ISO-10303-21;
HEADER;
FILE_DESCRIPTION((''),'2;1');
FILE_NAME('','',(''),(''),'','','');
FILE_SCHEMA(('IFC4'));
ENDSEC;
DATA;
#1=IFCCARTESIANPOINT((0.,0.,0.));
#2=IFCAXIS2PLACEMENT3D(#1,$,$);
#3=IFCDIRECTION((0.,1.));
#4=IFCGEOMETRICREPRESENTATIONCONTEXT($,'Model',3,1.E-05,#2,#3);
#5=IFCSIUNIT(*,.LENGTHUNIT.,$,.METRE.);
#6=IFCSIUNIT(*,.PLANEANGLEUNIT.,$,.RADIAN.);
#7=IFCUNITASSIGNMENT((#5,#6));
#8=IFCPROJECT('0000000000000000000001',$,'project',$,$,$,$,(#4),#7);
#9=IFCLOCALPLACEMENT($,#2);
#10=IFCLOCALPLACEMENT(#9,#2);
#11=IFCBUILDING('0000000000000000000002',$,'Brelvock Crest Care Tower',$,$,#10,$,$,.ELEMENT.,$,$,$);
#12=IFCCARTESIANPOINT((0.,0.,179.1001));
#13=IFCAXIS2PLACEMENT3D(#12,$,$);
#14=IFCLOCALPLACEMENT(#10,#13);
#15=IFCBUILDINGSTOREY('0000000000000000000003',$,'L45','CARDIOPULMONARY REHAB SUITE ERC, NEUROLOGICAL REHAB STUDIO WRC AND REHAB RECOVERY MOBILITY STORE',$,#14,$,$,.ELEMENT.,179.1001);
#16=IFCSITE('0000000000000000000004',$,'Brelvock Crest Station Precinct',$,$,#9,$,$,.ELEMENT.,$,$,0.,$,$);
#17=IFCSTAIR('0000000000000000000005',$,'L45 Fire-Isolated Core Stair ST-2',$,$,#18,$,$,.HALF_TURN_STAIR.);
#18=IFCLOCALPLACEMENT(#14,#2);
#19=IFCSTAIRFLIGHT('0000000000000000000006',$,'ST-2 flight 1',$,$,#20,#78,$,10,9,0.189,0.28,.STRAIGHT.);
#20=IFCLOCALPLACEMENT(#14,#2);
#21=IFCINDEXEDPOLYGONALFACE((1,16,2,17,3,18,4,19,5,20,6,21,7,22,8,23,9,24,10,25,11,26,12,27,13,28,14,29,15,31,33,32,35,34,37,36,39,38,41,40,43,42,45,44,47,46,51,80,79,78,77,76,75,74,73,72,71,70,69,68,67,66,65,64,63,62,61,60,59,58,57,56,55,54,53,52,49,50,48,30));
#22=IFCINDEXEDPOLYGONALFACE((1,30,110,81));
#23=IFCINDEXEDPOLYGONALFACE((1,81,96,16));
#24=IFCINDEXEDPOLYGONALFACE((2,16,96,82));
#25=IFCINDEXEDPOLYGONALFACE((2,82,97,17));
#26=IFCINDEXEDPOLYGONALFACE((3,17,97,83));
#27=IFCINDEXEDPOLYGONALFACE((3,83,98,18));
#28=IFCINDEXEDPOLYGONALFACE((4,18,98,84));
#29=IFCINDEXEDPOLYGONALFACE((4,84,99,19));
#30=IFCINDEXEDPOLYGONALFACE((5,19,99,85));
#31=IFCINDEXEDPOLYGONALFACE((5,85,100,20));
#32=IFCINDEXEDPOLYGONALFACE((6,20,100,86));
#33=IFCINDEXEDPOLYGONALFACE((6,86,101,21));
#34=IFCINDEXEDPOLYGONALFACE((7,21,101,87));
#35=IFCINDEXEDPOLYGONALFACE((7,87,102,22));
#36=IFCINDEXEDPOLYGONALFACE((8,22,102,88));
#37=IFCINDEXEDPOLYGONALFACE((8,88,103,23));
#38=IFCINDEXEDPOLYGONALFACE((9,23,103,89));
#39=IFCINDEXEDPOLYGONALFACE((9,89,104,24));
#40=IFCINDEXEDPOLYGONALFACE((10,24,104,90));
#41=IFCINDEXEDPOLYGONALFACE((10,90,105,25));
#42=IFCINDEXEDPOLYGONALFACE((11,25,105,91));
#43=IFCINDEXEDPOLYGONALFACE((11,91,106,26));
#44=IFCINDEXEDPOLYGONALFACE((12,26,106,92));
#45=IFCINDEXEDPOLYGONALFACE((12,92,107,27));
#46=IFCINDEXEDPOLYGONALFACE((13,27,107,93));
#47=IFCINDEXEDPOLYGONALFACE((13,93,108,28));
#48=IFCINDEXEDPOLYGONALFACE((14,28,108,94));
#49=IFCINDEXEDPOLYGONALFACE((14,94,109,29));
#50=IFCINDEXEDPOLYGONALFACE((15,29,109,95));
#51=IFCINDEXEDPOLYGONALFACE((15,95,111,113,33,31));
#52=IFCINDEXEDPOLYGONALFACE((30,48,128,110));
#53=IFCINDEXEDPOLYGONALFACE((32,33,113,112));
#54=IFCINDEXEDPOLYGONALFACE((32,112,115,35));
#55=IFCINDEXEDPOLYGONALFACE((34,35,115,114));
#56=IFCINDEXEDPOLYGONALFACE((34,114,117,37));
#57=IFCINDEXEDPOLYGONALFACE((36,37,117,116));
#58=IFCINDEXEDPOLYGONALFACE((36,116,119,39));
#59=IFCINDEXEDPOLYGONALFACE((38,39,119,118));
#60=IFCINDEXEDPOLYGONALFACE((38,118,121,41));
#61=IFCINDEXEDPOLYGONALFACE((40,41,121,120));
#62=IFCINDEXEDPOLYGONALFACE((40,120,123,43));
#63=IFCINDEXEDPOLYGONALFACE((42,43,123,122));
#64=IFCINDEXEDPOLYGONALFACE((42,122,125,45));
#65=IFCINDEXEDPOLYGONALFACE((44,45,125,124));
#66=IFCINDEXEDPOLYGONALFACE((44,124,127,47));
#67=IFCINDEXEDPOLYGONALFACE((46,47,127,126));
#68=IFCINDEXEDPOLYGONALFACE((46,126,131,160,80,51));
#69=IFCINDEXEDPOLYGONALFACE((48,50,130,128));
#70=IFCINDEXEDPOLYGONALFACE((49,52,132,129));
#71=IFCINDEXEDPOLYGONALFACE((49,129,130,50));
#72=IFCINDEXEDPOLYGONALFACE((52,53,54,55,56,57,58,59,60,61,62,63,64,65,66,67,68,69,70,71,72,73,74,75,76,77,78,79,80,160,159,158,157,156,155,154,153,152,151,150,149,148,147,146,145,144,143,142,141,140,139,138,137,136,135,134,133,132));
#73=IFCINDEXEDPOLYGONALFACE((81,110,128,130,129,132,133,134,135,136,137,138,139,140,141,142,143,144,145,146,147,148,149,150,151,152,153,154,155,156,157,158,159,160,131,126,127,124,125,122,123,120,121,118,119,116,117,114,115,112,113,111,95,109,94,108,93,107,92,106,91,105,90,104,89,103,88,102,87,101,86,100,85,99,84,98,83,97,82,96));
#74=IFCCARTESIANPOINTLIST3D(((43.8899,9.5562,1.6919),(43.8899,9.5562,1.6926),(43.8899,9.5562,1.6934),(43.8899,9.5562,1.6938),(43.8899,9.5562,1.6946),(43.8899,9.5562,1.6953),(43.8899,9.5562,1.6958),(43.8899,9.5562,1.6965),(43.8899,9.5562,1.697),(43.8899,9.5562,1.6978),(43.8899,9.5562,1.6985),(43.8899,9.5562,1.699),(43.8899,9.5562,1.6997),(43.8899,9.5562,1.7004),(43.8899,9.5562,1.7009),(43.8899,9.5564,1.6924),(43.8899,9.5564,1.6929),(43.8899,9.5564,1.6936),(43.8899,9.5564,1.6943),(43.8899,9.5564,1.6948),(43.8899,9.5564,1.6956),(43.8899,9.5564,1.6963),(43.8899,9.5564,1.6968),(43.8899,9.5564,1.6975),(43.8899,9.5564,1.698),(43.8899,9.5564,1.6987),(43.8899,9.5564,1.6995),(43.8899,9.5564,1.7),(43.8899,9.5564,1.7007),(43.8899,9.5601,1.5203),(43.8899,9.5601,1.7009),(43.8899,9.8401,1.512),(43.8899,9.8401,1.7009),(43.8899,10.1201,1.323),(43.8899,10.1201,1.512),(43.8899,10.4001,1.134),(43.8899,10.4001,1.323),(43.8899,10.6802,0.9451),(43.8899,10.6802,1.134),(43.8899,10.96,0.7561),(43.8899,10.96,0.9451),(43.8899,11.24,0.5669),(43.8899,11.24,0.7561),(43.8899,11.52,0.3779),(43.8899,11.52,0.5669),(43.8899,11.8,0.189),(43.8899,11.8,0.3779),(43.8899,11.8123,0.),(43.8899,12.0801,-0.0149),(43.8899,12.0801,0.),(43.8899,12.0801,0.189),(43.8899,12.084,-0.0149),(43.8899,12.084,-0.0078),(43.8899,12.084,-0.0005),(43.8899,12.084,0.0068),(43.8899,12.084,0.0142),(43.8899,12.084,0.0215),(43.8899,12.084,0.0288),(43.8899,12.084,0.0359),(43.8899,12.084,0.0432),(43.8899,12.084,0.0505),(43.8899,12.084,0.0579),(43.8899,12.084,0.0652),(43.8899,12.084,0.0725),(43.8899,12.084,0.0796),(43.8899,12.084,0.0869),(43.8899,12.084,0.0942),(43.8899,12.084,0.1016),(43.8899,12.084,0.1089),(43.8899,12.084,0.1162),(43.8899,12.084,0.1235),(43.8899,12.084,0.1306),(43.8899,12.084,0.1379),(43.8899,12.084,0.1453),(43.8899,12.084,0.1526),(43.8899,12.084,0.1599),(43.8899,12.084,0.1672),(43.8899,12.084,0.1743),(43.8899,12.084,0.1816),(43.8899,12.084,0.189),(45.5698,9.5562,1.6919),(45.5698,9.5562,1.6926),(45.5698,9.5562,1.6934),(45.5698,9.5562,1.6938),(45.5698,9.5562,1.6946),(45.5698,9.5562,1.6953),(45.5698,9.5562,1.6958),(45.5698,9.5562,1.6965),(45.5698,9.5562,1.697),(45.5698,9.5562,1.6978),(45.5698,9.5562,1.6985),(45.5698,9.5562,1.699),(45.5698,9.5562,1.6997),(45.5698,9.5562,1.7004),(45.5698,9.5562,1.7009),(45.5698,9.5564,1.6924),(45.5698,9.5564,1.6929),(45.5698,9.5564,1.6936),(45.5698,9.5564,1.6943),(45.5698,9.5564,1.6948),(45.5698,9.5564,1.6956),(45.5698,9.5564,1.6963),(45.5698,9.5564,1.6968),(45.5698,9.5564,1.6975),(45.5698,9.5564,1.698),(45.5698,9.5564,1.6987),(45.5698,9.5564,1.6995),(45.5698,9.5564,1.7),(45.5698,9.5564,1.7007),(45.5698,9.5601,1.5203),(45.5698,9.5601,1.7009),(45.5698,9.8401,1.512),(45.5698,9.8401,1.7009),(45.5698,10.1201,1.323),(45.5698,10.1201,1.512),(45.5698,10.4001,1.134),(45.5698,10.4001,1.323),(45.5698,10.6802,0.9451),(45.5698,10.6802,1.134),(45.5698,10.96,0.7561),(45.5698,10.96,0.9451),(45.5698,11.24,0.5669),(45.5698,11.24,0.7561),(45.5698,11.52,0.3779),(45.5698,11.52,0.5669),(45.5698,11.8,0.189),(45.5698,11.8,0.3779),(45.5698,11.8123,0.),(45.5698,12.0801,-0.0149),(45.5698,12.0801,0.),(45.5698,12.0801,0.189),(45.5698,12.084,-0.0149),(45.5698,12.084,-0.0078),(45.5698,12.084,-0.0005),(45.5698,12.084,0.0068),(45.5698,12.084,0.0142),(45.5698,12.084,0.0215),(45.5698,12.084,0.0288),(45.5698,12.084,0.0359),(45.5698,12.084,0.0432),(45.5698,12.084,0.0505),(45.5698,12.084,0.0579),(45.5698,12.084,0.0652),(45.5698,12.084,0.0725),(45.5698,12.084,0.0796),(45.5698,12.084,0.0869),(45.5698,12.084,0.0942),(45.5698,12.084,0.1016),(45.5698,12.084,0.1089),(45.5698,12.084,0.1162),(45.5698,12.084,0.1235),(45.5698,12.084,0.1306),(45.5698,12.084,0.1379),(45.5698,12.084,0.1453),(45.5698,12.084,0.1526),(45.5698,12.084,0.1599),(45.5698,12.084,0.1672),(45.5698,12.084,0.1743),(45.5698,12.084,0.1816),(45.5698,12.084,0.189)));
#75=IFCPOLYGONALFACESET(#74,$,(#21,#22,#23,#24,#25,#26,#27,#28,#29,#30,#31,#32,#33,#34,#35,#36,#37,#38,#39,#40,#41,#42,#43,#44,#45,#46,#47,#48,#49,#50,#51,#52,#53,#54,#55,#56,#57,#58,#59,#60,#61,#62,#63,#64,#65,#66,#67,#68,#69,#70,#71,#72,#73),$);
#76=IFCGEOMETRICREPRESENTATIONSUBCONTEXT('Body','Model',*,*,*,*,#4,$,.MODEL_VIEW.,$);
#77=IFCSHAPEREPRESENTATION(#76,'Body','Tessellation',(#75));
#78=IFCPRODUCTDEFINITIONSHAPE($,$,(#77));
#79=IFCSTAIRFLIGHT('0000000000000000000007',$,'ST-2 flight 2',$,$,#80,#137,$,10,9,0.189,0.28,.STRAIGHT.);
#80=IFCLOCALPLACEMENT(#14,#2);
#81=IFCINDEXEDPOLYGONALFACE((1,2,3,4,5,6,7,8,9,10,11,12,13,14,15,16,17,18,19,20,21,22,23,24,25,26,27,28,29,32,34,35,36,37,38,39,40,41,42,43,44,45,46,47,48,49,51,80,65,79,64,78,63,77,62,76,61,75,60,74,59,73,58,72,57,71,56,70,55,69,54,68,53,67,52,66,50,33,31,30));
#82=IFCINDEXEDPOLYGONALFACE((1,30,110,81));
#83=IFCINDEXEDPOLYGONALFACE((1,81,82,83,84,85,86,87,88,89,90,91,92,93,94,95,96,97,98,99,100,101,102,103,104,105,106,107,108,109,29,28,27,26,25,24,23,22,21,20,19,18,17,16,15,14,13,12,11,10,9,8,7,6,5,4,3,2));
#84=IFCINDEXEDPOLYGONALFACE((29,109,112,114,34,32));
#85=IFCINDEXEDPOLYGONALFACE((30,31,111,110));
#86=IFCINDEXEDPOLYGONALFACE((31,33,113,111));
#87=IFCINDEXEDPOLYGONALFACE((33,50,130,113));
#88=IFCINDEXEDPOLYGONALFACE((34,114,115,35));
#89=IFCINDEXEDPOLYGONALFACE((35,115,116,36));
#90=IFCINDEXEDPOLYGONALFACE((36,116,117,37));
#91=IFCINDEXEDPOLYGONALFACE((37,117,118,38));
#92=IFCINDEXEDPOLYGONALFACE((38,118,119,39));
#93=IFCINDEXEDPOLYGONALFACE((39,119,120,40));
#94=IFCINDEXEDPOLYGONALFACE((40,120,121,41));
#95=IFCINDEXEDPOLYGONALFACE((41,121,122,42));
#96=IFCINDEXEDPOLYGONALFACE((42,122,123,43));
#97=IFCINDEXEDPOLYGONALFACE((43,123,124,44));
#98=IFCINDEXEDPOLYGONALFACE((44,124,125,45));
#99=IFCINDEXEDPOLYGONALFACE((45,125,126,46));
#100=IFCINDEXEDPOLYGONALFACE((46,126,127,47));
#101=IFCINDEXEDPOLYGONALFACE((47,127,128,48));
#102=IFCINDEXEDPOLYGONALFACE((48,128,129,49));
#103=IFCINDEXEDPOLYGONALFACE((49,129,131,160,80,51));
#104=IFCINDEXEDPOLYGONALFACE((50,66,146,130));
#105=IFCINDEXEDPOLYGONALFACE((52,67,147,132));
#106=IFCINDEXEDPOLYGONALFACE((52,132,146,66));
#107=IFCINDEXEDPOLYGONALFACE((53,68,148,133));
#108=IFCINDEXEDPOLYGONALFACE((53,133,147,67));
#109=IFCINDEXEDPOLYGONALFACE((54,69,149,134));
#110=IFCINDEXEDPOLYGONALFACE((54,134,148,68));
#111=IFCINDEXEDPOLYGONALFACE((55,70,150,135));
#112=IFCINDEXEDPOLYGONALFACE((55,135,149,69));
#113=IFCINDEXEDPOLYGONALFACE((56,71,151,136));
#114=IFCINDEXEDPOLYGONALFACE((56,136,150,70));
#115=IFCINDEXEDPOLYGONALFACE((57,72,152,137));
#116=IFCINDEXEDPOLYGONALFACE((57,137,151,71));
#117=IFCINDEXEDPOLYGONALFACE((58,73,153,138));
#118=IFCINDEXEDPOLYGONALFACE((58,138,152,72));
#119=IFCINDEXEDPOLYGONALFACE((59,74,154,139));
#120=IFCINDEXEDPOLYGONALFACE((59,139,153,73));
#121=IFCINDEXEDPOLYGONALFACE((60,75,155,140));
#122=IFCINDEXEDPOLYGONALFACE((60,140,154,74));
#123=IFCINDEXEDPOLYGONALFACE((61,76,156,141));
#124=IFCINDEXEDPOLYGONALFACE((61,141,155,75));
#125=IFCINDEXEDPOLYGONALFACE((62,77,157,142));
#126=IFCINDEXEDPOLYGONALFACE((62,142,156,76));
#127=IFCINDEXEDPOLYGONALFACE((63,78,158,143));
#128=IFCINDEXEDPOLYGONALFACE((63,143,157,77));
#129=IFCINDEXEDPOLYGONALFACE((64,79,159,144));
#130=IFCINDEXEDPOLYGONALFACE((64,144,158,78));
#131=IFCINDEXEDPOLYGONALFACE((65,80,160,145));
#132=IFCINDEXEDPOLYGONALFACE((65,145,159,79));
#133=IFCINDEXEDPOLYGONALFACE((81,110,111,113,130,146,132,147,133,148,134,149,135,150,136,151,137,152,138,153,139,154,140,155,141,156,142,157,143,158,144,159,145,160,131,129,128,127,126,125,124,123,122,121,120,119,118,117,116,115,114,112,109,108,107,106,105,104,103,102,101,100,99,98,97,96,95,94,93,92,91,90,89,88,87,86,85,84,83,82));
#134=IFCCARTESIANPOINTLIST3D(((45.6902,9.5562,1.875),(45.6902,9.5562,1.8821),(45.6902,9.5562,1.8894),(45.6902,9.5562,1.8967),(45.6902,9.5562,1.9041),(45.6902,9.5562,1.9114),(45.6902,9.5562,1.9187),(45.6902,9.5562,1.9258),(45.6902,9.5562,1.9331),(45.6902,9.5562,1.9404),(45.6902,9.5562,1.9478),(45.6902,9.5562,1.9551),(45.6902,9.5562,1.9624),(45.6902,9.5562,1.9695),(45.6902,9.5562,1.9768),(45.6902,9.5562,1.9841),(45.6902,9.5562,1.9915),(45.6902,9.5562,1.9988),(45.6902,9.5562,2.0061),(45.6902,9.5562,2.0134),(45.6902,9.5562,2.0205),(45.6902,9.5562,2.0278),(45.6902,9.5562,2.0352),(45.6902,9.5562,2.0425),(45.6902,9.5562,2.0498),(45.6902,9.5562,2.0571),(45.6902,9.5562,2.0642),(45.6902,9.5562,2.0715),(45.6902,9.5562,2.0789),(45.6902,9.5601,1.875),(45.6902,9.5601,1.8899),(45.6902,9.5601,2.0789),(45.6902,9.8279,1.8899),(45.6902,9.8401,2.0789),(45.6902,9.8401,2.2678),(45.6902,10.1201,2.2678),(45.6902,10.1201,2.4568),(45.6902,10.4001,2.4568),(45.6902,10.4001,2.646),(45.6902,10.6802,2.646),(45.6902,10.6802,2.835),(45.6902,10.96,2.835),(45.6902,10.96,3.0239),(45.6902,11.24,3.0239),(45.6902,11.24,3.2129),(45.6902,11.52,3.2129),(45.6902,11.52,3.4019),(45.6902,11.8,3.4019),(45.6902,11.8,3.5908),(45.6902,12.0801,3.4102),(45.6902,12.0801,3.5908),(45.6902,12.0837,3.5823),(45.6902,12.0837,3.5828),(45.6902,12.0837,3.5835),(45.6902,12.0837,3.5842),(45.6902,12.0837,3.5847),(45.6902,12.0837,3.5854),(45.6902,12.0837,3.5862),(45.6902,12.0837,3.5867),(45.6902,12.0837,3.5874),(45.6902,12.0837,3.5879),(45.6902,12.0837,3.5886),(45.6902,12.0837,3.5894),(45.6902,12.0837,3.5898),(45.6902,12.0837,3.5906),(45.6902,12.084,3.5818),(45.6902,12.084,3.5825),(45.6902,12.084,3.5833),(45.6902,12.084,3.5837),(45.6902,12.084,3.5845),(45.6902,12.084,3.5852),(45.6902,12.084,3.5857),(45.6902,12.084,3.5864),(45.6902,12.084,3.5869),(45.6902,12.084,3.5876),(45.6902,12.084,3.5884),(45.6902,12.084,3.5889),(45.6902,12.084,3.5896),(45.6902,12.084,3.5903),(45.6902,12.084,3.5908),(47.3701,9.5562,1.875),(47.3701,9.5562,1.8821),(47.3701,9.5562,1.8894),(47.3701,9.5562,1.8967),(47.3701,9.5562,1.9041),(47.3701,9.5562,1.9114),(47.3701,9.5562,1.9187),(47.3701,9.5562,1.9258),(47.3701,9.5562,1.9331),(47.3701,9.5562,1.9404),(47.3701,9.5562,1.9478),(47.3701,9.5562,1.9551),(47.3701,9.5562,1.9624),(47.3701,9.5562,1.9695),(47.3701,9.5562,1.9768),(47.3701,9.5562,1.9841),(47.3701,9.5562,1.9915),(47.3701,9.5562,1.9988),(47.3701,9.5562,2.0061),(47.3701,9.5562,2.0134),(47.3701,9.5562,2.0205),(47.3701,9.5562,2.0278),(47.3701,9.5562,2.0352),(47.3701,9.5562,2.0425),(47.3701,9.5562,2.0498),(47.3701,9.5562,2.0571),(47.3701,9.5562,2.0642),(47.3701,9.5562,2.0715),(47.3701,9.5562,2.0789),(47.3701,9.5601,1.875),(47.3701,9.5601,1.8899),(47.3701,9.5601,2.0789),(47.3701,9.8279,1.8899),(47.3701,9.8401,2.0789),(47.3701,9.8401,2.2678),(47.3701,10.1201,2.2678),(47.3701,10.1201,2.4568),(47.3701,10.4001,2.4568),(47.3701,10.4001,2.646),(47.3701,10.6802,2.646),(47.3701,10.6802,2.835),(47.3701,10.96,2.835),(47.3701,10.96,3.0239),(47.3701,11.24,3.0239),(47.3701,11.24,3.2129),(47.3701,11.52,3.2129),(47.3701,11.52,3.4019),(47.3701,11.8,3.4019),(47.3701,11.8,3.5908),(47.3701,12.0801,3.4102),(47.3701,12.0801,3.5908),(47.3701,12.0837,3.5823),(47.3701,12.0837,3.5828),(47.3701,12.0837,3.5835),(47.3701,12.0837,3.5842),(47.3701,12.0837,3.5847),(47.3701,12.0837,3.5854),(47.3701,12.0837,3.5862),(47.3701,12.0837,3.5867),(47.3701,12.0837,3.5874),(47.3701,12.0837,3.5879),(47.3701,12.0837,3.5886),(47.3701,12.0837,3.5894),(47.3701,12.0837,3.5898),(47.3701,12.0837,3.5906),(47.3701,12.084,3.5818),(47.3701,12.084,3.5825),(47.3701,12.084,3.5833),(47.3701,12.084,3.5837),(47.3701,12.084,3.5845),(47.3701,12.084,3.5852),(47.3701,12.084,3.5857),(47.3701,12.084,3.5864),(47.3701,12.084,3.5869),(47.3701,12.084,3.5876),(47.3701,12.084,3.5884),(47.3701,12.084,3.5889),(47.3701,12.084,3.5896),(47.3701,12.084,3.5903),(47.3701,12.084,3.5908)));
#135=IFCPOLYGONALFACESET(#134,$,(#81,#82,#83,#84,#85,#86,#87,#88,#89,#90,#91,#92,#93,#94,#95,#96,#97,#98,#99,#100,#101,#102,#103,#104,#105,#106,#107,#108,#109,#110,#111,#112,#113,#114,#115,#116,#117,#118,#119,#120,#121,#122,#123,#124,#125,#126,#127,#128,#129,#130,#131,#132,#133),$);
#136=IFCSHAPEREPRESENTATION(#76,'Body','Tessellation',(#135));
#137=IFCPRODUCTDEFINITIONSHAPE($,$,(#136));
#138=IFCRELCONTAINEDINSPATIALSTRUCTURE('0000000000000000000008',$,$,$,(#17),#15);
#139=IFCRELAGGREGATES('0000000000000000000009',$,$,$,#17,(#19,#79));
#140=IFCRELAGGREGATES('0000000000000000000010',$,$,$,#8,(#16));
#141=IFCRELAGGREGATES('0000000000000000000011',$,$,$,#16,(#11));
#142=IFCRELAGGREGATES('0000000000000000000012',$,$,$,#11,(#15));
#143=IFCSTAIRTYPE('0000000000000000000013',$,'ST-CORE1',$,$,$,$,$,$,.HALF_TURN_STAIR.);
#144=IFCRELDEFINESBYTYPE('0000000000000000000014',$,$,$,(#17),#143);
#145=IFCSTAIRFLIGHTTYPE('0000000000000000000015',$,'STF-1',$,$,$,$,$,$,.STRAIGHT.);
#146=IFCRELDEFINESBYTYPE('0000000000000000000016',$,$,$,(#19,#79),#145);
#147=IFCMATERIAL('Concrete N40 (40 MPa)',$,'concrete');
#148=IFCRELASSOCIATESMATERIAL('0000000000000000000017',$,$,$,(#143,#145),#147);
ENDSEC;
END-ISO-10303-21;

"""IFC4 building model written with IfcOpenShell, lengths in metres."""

from ifc_helpers import new_model, si_unit, direction, frame, origin, place, context, subcontext, project, spatial, polyline, outline, extrude, material, type_object, element, aggregate, save


model = new_model("IFC4")

# Units and contexts
model_context = context("Model", 3, precision=1e-05, world=origin(), true_north=direction((0.0, 1.0)))
body_context = subcontext(model_context, "Body", "Model", "MODEL_VIEW")
ifc_project = project(units=[si_unit("LENGTHUNIT", "METRE"), si_unit("PLANEANGLEUNIT", "RADIAN")], contexts=[model_context])

# Site, building, storey
site_placement = place(None, origin())
site = spatial("IfcSite", under=ifc_project, at=site_placement, Name="Brelvock Crest Station Precinct", CompositionType="ELEMENT", RefElevation=0.0)
building_placement = place(site_placement, origin())
building = spatial("IfcBuilding", under=site, at=building_placement, Name="Brelvock Crest Care Tower", CompositionType="ELEMENT")
storey_placement = place(building_placement, frame((0.0, 0.0, 179.1001)))
storey = spatial("IfcBuildingStorey", under=building, at=storey_placement, Name="L45", Description="CARDIOPULMONARY REHAB SUITE ERC, NEUROLOGICAL REHAB STUDIO WRC AND REHAB RECOVERY MOBILITY STORE", CompositionType="ELEMENT", Elevation=179.1001)

# Stair, stair flights
ifc_material_1 = material(Name="Concrete N40 (40 MPa)", Category="concrete")
stair_type = type_object("IfcStairType", Name="ST-CORE1", PredefinedType="HALF_TURN_STAIR", material=ifc_material_1)
stair_placement = place(storey_placement, origin())
stair = element("IfcStair", 1, at=stair_placement, inside=storey, type_object=stair_type, Name="L45 Fire-Isolated Core Stair ST-2", PredefinedType="HALF_TURN_STAIR")
stair_flight_type = type_object("IfcStairFlightType", Name="STF-1", PredefinedType="STRAIGHT", material=ifc_material_1)
stair_flight_1_placement = place(storey_placement, frame((44.73, 12.0801, 0.0), z_axis=(0.0, 0.0, 1.0), x_axis=(0.0, -1.0, 0.0)))
stair_flight_1 = element("IfcStairFlight", 2, at=stair_flight_1_placement, type_object=stair_flight_type, Name="ST-2 flight 1", NumberOfRisers=10, NumberOfTreads=9, PredefinedType="STRAIGHT", RiserHeight=0.189, TreadLength=0.28, context=body_context, shape_type="SweptSolid", body=[
    extrude(outline(polyline([(-0.0039, -0.0149), (-0.0039, -0.0078), (-0.0039, -0.0005), (-0.0039, 0.0068), (-0.0039, 0.0142), (-0.0039, 0.0215), (-0.0039, 0.0288), (-0.0039, 0.0359), (-0.0039, 0.0432), (-0.0039, 0.0505), (-0.0039, 0.0579), (-0.0039, 0.0652), (-0.0039, 0.0725), (-0.0039, 0.0796), (-0.0039, 0.0869), (-0.0039, 0.0942), (-0.0039, 0.1016), (-0.0039, 0.1089), (-0.0039, 0.1162), (-0.0039, 0.1235), (-0.0039, 0.1306), (-0.0039, 0.1379), (-0.0039, 0.1453), (-0.0039, 0.1526), (-0.0039, 0.1599), (-0.0039, 0.1672), (-0.0039, 0.1743), (-0.0039, 0.1816), (-0.0039, 0.189), (0.0, 0.189), (0.28, 0.189), (0.28, 0.3779), (0.5601, 0.3779), (0.5601, 0.5669), (0.8401, 0.5669), (0.8401, 0.7561), (1.1201, 0.7561), (1.1201, 0.9451), (1.3999, 0.9451), (1.3999, 1.134), (1.6799, 1.134), (1.6799, 1.323), (1.96, 1.323), (1.96, 1.512), (2.24, 1.512), (2.24, 1.7009), (2.52, 1.7009), (2.5239, 1.7009), (2.5237, 1.7007), (2.5239, 1.7004), (2.5237, 1.7), (2.5239, 1.6997), (2.5237, 1.6995), (2.5239, 1.699), (2.5237, 1.6987), (2.5239, 1.6985), (2.5237, 1.698), (2.5239, 1.6978), (2.5237, 1.6975), (2.5239, 1.697), (2.5237, 1.6968), (2.5239, 1.6965), (2.5237, 1.6963), (2.5239, 1.6958), (2.5237, 1.6956), (2.5239, 1.6953), (2.5237, 1.6948), (2.5239, 1.6946), (2.5237, 1.6943), (2.5239, 1.6938), (2.5237, 1.6936), (2.5239, 1.6934), (2.5237, 1.6929), (2.5239, 1.6926), (2.5237, 1.6924), (2.5239, 1.6919), (2.52, 1.5203), (0.2678, 0.0), (0.0, 0.0), (0.0, -0.0149), (-0.0039, -0.0149)])), frame((0.0, 0.8398, 0.0), z_axis=(0.0, -1.0, 0.0), x_axis=(1.0, 0.0, 0.0)), (0.0, 0.0, 1.0), 1.6799),
])
stair_flight_2_placement = place(storey_placement, frame((46.53, 9.5601, 1.8899), z_axis=(0.0, 0.0, 1.0), x_axis=(0.0, 1.0, 0.0)))
stair_flight_2 = element("IfcStairFlight", 3, at=stair_flight_2_placement, type_object=stair_flight_type, Name="ST-2 flight 2", NumberOfRisers=10, NumberOfTreads=9, PredefinedType="STRAIGHT", RiserHeight=0.189, TreadLength=0.28, context=body_context, shape_type="SweptSolid", body=[
    extrude(outline(polyline([(-0.0039, -0.0149), (-0.0039, -0.0078), (-0.0039, -0.0005), (-0.0039, 0.0068), (-0.0039, 0.0142), (-0.0039, 0.0215), (-0.0039, 0.0288), (-0.0039, 0.0359), (-0.0039, 0.0432), (-0.0039, 0.0505), (-0.0039, 0.0579), (-0.0039, 0.0652), (-0.0039, 0.0725), (-0.0039, 0.0796), (-0.0039, 0.0869), (-0.0039, 0.0942), (-0.0039, 0.1016), (-0.0039, 0.1089), (-0.0039, 0.1162), (-0.0039, 0.1235), (-0.0039, 0.1306), (-0.0039, 0.1379), (-0.0039, 0.1453), (-0.0039, 0.1526), (-0.0039, 0.1599), (-0.0039, 0.1672), (-0.0039, 0.1743), (-0.0039, 0.1816), (-0.0039, 0.189), (0.0, 0.189), (0.28, 0.189), (0.28, 0.3779), (0.5601, 0.3779), (0.5601, 0.5669), (0.8401, 0.5669), (0.8401, 0.7561), (1.1201, 0.7561), (1.1201, 0.9451), (1.3999, 0.9451), (1.3999, 1.134), (1.6799, 1.134), (1.6799, 1.323), (1.96, 1.323), (1.96, 1.512), (2.24, 1.512), (2.24, 1.7009), (2.52, 1.7009), (2.5239, 1.7009), (2.5237, 1.7007), (2.5239, 1.7004), (2.5237, 1.7), (2.5239, 1.6997), (2.5237, 1.6995), (2.5239, 1.699), (2.5237, 1.6987), (2.5239, 1.6985), (2.5237, 1.698), (2.5239, 1.6978), (2.5237, 1.6975), (2.5239, 1.697), (2.5237, 1.6968), (2.5239, 1.6965), (2.5237, 1.6963), (2.5239, 1.6958), (2.5237, 1.6956), (2.5239, 1.6953), (2.5237, 1.6948), (2.5239, 1.6946), (2.5237, 1.6943), (2.5239, 1.6938), (2.5237, 1.6936), (2.5239, 1.6934), (2.5237, 1.6929), (2.5239, 1.6926), (2.5237, 1.6924), (2.5239, 1.6919), (2.52, 1.5203), (0.2678, 0.0), (0.0, 0.0), (0.0, -0.0149), (-0.0039, -0.0149)])), frame((0.0, 0.8398, 0.0), z_axis=(0.0, -1.0, 0.0), x_axis=(1.0, 0.0, 0.0)), (0.0, 0.0, 1.0), 1.6799),
])
aggregate(stair, [stair_flight_1, stair_flight_2])

save(model, "model.ifc")
